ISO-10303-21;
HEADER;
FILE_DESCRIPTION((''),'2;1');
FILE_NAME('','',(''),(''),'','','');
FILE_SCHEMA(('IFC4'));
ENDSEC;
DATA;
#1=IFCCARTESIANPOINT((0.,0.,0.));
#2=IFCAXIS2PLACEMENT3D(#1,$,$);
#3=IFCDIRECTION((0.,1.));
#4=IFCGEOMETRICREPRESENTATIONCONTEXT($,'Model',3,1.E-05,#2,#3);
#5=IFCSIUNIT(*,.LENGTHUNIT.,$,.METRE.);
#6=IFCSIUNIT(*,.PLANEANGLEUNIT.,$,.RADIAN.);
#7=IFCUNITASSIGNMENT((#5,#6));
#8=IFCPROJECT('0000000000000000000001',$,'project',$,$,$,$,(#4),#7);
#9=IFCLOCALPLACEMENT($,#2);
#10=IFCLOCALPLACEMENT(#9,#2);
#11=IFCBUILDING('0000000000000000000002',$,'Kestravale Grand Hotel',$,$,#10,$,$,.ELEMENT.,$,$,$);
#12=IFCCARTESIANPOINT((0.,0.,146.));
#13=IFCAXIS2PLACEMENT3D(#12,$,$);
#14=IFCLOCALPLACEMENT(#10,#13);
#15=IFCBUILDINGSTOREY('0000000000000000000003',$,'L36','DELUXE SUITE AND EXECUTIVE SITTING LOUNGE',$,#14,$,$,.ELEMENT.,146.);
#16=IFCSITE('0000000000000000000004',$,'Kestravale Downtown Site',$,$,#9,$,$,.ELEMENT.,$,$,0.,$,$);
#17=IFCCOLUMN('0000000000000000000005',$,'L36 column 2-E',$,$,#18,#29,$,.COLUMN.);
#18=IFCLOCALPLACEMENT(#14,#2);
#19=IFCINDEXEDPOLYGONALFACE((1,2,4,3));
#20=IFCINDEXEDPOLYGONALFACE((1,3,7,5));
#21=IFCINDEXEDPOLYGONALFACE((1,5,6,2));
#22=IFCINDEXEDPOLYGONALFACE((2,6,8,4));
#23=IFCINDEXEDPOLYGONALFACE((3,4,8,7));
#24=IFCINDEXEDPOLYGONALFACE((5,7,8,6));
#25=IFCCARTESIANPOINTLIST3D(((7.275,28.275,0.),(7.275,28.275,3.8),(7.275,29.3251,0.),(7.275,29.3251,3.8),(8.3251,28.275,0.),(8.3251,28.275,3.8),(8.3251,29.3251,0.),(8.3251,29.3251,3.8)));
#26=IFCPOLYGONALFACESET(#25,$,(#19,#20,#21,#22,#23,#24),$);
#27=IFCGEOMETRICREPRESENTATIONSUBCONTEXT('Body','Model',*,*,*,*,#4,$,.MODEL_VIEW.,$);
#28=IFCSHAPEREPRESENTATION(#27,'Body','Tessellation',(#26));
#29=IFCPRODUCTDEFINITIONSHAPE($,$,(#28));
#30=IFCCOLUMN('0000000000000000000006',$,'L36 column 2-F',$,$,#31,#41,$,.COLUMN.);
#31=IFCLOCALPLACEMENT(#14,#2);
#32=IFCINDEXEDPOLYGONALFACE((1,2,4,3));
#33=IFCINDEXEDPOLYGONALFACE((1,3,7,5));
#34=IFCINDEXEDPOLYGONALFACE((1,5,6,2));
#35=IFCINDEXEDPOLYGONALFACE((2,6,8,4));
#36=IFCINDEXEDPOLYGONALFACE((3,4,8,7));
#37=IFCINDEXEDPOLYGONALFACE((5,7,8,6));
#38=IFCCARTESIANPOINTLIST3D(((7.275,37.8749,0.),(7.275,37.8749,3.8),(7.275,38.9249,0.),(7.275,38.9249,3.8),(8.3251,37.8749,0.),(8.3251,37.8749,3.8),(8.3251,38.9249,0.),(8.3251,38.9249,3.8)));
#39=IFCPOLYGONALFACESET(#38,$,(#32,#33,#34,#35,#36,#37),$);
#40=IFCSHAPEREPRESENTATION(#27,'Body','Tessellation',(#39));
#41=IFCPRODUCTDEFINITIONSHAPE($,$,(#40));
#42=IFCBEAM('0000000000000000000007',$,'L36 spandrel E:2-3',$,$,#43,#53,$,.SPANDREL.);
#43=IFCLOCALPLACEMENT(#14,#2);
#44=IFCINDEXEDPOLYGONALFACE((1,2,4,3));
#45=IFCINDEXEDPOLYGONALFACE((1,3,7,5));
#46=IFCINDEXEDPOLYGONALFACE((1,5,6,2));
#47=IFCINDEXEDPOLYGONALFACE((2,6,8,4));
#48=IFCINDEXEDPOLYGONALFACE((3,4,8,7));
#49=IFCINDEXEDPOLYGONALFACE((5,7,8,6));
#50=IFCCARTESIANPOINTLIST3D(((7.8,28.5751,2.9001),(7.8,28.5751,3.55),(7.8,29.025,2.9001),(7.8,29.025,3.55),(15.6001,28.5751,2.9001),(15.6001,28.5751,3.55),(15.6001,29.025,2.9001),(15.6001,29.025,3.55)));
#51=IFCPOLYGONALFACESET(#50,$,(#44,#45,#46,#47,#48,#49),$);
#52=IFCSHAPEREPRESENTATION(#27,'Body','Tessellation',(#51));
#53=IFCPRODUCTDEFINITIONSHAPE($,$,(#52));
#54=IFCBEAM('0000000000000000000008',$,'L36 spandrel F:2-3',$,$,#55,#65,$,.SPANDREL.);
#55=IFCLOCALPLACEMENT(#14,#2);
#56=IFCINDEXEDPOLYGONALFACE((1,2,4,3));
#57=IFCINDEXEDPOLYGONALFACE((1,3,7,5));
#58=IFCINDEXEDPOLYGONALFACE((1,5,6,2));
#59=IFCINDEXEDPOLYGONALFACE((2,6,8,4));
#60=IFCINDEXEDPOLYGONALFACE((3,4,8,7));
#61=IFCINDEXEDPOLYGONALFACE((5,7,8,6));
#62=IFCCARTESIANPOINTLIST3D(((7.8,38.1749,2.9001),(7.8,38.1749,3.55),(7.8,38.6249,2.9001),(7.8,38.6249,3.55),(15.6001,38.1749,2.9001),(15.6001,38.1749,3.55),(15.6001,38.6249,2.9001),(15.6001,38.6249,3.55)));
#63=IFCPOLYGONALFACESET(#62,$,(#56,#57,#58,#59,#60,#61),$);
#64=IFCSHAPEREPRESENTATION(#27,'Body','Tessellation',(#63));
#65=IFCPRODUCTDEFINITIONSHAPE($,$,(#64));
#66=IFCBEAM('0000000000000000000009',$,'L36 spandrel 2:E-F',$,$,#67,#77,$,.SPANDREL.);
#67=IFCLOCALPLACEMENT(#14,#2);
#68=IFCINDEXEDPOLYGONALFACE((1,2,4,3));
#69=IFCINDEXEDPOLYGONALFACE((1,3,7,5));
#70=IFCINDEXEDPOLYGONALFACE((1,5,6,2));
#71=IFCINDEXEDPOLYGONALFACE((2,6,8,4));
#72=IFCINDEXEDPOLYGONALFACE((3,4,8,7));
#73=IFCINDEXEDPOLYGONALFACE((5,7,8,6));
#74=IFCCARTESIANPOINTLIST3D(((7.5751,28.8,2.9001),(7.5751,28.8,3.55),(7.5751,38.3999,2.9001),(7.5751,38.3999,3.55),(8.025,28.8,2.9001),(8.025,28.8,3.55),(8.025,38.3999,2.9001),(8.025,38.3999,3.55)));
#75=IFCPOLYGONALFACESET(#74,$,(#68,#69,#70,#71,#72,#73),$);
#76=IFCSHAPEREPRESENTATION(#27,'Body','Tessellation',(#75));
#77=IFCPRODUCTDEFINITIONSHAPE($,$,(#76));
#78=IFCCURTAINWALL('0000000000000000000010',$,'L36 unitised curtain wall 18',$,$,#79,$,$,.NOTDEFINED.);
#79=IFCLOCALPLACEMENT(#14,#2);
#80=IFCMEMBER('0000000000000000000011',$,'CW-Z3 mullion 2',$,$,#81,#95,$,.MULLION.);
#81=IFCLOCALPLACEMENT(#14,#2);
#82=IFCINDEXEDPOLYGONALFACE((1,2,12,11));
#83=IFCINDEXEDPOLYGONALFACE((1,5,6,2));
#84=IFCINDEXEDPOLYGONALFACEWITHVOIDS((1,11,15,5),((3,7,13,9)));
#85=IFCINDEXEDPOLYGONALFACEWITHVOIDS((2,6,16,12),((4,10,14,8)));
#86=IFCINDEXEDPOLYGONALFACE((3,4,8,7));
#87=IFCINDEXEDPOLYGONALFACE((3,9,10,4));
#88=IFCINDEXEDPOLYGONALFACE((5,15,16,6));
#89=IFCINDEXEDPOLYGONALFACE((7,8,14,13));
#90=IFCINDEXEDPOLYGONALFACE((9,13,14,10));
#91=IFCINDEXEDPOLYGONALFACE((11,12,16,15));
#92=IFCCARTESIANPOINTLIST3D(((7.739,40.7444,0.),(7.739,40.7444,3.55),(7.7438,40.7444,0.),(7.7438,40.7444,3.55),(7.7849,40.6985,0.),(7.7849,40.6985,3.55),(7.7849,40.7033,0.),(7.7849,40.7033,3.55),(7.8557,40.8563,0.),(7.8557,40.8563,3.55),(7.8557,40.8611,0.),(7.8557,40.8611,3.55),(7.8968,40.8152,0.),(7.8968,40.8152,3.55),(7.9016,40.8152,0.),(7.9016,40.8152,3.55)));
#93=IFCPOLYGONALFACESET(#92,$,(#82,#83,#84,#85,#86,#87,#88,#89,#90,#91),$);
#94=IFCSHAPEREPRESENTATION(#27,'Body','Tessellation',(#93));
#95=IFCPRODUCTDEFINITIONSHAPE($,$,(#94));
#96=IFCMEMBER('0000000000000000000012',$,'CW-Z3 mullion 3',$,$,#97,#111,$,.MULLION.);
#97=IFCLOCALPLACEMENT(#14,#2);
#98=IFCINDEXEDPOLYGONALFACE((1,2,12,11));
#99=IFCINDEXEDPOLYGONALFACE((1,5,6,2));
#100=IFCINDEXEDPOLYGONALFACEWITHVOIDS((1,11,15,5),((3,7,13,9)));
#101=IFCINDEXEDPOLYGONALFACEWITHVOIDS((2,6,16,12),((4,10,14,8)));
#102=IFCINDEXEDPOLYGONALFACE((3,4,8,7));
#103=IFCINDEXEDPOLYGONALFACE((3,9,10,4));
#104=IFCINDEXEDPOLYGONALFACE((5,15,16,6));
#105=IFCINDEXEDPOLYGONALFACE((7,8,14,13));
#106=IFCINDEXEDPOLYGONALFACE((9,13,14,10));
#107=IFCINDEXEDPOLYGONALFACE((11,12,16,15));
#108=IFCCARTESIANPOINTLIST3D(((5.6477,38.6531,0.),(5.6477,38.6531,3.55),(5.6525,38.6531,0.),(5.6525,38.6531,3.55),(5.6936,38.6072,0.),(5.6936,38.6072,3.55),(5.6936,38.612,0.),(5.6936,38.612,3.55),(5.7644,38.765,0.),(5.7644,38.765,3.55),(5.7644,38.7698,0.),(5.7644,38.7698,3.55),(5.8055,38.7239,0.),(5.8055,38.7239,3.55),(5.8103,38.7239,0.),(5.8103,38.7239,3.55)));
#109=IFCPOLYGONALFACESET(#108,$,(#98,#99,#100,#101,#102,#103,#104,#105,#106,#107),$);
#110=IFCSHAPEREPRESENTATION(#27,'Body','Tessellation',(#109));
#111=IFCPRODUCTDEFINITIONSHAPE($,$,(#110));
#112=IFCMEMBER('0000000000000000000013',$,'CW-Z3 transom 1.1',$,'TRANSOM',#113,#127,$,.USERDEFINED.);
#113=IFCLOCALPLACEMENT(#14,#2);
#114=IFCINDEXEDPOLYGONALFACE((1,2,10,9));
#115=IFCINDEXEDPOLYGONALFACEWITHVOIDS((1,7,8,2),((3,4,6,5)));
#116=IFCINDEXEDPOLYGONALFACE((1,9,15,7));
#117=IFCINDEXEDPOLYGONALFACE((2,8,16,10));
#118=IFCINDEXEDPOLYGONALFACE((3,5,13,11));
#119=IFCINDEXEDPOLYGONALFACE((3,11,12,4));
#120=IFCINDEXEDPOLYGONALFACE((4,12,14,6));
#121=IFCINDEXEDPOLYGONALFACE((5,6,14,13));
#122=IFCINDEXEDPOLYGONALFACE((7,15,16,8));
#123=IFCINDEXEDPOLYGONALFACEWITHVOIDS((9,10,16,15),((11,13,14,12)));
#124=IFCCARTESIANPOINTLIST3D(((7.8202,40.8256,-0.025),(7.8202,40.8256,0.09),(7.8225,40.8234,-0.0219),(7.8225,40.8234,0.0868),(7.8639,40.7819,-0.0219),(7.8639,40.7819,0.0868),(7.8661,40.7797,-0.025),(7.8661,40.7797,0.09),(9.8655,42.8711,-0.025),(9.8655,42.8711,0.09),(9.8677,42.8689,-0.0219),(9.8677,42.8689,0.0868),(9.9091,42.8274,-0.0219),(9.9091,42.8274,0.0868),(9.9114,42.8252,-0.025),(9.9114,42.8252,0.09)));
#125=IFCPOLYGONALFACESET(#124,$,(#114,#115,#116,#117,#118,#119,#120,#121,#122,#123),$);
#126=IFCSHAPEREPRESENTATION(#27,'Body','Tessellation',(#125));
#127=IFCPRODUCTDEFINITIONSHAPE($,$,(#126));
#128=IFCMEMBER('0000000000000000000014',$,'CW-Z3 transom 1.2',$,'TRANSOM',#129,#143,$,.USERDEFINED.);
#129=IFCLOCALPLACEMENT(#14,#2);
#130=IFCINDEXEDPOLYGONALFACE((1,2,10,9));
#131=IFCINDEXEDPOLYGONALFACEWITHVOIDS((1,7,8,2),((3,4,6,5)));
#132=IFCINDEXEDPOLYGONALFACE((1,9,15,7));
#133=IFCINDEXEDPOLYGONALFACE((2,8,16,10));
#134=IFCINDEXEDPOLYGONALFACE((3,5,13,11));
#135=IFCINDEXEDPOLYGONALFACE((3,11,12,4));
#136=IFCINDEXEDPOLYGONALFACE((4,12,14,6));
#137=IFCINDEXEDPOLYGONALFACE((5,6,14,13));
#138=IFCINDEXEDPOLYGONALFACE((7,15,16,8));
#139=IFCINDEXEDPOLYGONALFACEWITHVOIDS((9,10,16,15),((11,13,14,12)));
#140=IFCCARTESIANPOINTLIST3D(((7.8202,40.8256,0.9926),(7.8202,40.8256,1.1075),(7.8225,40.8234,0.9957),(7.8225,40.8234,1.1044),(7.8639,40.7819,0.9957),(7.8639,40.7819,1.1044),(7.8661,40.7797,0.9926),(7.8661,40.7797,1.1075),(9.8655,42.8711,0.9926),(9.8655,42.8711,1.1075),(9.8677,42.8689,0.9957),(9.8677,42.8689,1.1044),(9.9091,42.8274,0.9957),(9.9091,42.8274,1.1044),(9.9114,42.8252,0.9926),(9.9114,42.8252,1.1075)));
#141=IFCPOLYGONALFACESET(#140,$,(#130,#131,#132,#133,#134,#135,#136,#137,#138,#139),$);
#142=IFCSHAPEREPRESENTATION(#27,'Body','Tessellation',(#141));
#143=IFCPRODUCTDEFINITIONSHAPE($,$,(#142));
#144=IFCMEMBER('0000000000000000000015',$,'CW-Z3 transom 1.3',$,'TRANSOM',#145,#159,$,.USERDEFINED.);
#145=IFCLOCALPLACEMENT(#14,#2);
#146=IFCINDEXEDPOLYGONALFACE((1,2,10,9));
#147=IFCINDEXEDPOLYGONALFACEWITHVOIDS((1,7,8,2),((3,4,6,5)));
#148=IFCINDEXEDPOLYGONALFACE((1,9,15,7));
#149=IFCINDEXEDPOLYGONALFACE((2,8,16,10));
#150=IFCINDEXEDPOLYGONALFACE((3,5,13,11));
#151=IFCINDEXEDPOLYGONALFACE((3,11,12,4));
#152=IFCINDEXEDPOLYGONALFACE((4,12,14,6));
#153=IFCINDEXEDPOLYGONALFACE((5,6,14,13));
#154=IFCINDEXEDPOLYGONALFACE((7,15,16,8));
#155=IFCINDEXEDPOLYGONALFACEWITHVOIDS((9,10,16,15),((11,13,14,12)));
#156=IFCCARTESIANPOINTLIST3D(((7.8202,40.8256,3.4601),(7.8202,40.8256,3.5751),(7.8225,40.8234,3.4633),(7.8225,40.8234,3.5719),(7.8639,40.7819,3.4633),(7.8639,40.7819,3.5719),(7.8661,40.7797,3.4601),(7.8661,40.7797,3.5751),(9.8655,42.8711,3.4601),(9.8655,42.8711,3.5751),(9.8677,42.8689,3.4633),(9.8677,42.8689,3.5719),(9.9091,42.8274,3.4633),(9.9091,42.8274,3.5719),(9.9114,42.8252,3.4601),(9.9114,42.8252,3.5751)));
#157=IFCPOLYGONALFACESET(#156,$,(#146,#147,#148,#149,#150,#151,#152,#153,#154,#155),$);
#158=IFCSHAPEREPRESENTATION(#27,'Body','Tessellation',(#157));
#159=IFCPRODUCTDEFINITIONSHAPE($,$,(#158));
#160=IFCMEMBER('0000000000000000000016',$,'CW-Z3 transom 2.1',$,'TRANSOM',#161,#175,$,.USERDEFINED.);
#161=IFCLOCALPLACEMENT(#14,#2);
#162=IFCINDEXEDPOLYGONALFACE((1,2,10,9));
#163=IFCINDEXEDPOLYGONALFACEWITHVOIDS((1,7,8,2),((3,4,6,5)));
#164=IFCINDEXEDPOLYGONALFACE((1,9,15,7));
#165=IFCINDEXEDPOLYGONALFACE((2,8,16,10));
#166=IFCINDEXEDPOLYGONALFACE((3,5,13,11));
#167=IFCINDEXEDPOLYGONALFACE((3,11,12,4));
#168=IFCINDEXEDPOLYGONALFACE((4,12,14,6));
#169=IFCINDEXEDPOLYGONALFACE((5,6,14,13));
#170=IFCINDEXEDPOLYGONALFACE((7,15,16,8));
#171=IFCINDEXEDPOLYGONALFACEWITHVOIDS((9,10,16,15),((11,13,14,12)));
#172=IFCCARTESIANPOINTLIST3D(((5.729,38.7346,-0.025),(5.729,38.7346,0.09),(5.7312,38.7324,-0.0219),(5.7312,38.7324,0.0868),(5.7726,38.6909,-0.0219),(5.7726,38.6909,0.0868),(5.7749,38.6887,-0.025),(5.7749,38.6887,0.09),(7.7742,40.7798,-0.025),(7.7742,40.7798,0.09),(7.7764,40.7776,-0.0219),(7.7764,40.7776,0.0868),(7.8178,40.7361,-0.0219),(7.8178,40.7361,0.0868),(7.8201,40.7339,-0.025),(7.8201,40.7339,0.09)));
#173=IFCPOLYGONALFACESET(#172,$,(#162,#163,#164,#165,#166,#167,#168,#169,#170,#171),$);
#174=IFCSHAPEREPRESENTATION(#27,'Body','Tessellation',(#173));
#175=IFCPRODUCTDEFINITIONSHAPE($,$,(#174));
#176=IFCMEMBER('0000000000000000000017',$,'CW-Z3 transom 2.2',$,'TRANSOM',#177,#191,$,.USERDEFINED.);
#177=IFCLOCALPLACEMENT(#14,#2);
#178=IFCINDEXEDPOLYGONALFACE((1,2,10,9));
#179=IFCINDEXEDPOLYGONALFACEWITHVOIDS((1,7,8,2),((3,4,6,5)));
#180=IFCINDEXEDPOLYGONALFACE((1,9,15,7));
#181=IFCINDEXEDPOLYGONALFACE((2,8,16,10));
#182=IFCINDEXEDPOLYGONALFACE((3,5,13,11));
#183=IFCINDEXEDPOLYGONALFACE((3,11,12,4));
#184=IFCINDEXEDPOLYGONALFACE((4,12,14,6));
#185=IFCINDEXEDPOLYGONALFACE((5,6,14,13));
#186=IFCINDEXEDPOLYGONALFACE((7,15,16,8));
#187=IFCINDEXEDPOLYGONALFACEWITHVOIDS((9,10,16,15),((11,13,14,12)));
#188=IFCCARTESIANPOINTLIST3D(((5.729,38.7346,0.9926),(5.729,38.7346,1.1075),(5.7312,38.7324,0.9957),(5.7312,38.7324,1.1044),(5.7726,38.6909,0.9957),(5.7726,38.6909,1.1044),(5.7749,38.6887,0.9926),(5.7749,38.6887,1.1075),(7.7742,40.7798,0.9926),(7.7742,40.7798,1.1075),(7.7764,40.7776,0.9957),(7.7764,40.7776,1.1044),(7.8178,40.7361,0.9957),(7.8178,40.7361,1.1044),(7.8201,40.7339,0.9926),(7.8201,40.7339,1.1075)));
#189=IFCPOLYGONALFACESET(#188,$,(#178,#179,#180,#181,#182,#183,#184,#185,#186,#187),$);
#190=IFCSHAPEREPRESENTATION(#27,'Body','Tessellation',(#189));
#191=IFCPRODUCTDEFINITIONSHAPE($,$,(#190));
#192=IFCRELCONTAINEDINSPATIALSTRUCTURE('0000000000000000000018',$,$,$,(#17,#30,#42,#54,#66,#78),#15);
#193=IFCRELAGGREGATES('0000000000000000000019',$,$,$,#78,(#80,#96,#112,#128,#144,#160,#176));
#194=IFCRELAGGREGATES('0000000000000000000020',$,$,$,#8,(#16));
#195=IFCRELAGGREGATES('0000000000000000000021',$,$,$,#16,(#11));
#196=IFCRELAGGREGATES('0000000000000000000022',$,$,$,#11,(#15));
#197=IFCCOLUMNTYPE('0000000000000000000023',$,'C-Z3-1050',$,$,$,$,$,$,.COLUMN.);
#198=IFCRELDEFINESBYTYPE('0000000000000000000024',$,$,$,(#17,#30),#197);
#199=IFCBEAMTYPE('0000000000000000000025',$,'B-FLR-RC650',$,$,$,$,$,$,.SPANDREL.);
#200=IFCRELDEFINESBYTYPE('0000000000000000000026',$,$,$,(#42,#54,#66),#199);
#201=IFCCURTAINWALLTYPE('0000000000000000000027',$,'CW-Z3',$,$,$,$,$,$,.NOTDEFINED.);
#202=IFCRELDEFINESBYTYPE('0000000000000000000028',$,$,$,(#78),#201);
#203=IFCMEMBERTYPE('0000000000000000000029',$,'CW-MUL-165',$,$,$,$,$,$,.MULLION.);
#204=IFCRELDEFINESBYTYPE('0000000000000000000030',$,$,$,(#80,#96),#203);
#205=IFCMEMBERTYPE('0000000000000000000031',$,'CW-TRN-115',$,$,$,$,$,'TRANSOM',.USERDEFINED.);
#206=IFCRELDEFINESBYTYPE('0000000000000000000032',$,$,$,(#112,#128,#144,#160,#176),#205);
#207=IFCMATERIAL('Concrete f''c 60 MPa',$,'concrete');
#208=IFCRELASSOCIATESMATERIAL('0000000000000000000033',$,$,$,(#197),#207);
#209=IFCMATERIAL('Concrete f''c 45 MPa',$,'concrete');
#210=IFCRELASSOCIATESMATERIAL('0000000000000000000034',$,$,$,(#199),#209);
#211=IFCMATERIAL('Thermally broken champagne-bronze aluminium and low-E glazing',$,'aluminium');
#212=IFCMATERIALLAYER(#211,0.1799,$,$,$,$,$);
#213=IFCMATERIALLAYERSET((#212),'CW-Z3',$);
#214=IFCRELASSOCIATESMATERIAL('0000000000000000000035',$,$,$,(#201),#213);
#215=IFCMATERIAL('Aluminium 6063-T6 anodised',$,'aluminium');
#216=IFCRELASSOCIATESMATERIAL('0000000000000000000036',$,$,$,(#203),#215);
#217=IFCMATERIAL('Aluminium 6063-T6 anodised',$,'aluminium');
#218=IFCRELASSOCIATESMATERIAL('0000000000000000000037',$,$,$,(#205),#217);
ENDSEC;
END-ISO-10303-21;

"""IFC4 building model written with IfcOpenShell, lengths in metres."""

from ifc_helpers import new_model, si_unit, direction, frame, origin, origin_2d, place, context, subcontext, project, spatial, rectangle, hollow_rectangle, extrude, material, layer, layer_set, material_profile, profile_set, type_object, element, aggregate, save


model = new_model("IFC4")

# Units and contexts
model_context = context("Model", 3, precision=1e-05, world=origin(), true_north=direction((0.0, 1.0)))
body_context = subcontext(model_context, "Body", "Model", "MODEL_VIEW")
ifc_project = project(units=[si_unit("LENGTHUNIT", "METRE"), si_unit("PLANEANGLEUNIT", "RADIAN")], contexts=[model_context])

# Site, building, storey
site_placement = place(None, origin())
site = spatial("IfcSite", under=ifc_project, at=site_placement, Name="Kestravale Downtown Site", CompositionType="ELEMENT", RefElevation=0.0)
building_placement = place(site_placement, origin())
building = spatial("IfcBuilding", under=site, at=building_placement, Name="Kestravale Grand Hotel", CompositionType="ELEMENT")
storey_placement = place(building_placement, frame((0.0, 0.0, 146.0)))
storey = spatial("IfcBuildingStorey", under=building, at=storey_placement, Name="L36", Description="DELUXE SUITE AND EXECUTIVE SITTING LOUNGE", CompositionType="ELEMENT", Elevation=146.0)

# Columns
ifc_material_1 = material(Name="Concrete f'c 60 MPa", Category="concrete")
ifc_material_profile_1 = material_profile(ifc_material_1, rectangle(XDim=1.05, YDim=1.05, at=origin_2d()))
ifc_profile_set_1 = profile_set([ifc_material_profile_1], Name="Concrete f'c 60 MPa")
column_type = type_object("IfcColumnType", Name="C-Z3-1050", PredefinedType="COLUMN", material=ifc_profile_set_1)
for number, where, z_axis, x_axis, name in (
    (1, (7.8, 28.8, 0.0), (0.0, 0.0, 1.0), (1.0, 0.0, 0.0), "L36 column 2-E"),
    (2, (7.8, 38.3999, 0.0), (0.0, 0.0, 1.0), (1.0, 0.0, 0.0), "L36 column 2-F"),
):
    element("IfcColumn", number, at=place(storey_placement, frame(where, z_axis=z_axis, x_axis=x_axis)), inside=storey, type_object=column_type, Name=name, PredefinedType="COLUMN", context=body_context, shape_type="SweptSolid", body=[
        extrude(rectangle(XDim=1.05, YDim=1.05, at=origin_2d()), origin(), (0.0, 0.0, 1.0), 3.8),
    ])

# Beams
ifc_material_2 = material(Name="Concrete f'c 45 MPa", Category="concrete")
ifc_material_profile_2 = material_profile(ifc_material_2, rectangle(XDim=0.45, YDim=0.6499, at=origin_2d()))
ifc_profile_set_2 = profile_set([ifc_material_profile_2], Name="Concrete f'c 45 MPa")
beam_type = type_object("IfcBeamType", Name="B-FLR-RC650", PredefinedType="SPANDREL", material=ifc_profile_set_2)
for number, where, z_axis, x_axis, name in (
    (3, (7.8, 28.8, 3.2251), (1.0, 0.0, 0.0), (0.0, 1.0, 0.0), "L36 spandrel E:2-3"),
    (4, (7.8, 38.3999, 3.2251), (1.0, 0.0, 0.0), (0.0, 1.0, 0.0), "L36 spandrel F:2-3"),
):
    element("IfcBeam", number, at=place(storey_placement, frame(where, z_axis=z_axis, x_axis=x_axis)), inside=storey, type_object=beam_type, Name=name, PredefinedType="SPANDREL", context=body_context, shape_type="SweptSolid", body=[
        extrude(rectangle(XDim=0.45, YDim=0.6499, at=origin_2d()), origin(), (0.0, 0.0, 1.0), 7.8),
    ])
beam_placement = place(storey_placement, frame((7.8, 28.8, 3.2251), z_axis=(0.0, 1.0, 0.0), x_axis=(-1.0, 0.0, 0.0)))
element("IfcBeam", 5, at=beam_placement, inside=storey, type_object=beam_type, Name="L36 spandrel 2:E-F", PredefinedType="SPANDREL", context=body_context, shape_type="SweptSolid", body=[
    extrude(rectangle(XDim=0.45, YDim=0.6499, at=origin_2d()), origin(), (0.0, 0.0, 1.0), 9.5999),
])

# Curtain wall, members
ifc_material_3 = material(Name="Thermally broken champagne-bronze aluminium and low-E glazing", Category="aluminium")
ifc_layer_1 = layer(ifc_material_3, 0.1799)
ifc_layer_set_1 = layer_set([ifc_layer_1], Name="CW-Z3")
curtain_wall_type = type_object("IfcCurtainWallType", Name="CW-Z3", PredefinedType="NOTDEFINED", material=ifc_layer_set_1)
curtain_wall_placement = place(storey_placement, origin())
curtain_wall = element("IfcCurtainWall", 6, at=curtain_wall_placement, inside=storey, type_object=curtain_wall_type, Name="L36 unitised curtain wall 18", PredefinedType="NOTDEFINED")
ifc_material_4 = material(Name="Aluminium 6063-T6 anodised", Category="aluminium")
ifc_material_profile_3 = material_profile(ifc_material_4, hollow_rectangle(XDim=0.0649, YDim=0.165, WallThickness=0.0034, at=origin_2d()))
ifc_profile_set_3 = profile_set([ifc_material_profile_3], Name="Aluminium 6063-T6 anodised")
member_type_1 = type_object("IfcMemberType", Name="CW-MUL-165", PredefinedType="MULLION", material=ifc_profile_set_3)
member_1_placement = place(storey_placement, frame((7.8203, 40.7798, 0.0), z_axis=(0.0, 0.0, 1.0), x_axis=(0.707107, -0.707107, 0.0)))
member_1 = element("IfcMember", 7, at=member_1_placement, type_object=member_type_1, Name="CW-Z3 mullion 2", PredefinedType="MULLION", context=body_context, shape_type="SweptSolid", body=[
    extrude(hollow_rectangle(XDim=0.0649, YDim=0.165, WallThickness=0.0034, at=origin_2d()), origin(), (0.0, 0.0, 1.0), 3.55),
])
member_2_placement = place(storey_placement, frame((5.729, 38.6885, 0.0), z_axis=(0.0, 0.0, 1.0), x_axis=(0.707107, -0.707107, 0.0)))
member_2 = element("IfcMember", 8, at=member_2_placement, type_object=member_type_1, Name="CW-Z3 mullion 3", PredefinedType="MULLION", context=body_context, shape_type="SweptSolid", body=[
    extrude(hollow_rectangle(XDim=0.0649, YDim=0.165, WallThickness=0.0034, at=origin_2d()), origin(), (0.0, 0.0, 1.0), 3.55),
])
ifc_material_5 = material(Name="Aluminium 6063-T6 anodised", Category="aluminium")
ifc_material_profile_4 = material_profile(ifc_material_5, hollow_rectangle(XDim=0.0649, YDim=0.115, WallThickness=0.0032, at=origin_2d()))
ifc_profile_set_4 = profile_set([ifc_material_profile_4], Name="Aluminium 6063-T6 anodised")
member_type_2 = type_object("IfcMemberType", Name="CW-TRN-115", ElementType="TRANSOM", PredefinedType="USERDEFINED", material=ifc_profile_set_4)
member_3_placement = place(storey_placement, frame((9.8884, 42.8481, 0.0325), z_axis=(-0.707065, -0.707149, 0.0), x_axis=(0.707149, -0.707065, 0.0)))
member_3 = element("IfcMember", 9, at=member_3_placement, type_object=member_type_2, Name="CW-Z3 transom 1.1", ObjectType="TRANSOM", PredefinedType="USERDEFINED", context=body_context, shape_type="SweptSolid", body=[
    extrude(hollow_rectangle(XDim=0.0649, YDim=0.115, WallThickness=0.0032, at=origin_2d()), origin(), (0.0, 0.0, 1.0), 2.8926),
])
member_4_placement = place(storey_placement, frame((9.8884, 42.8481, 1.05), z_axis=(-0.707065, -0.707149, 0.0), x_axis=(0.707149, -0.707065, 0.0)))
member_4 = element("IfcMember", 10, at=member_4_placement, type_object=member_type_2, Name="CW-Z3 transom 1.2", ObjectType="TRANSOM", PredefinedType="USERDEFINED", context=body_context, shape_type="SweptSolid", body=[
    extrude(hollow_rectangle(XDim=0.0649, YDim=0.115, WallThickness=0.0032, at=origin_2d()), origin(), (0.0, 0.0, 1.0), 2.8926),
])
member_5_placement = place(storey_placement, frame((9.8884, 42.8481, 3.5176), z_axis=(-0.707065, -0.707149, 0.0), x_axis=(0.707149, -0.707065, 0.0)))
member_5 = element("IfcMember", 11, at=member_5_placement, type_object=member_type_2, Name="CW-Z3 transom 1.3", ObjectType="TRANSOM", PredefinedType="USERDEFINED", context=body_context, shape_type="SweptSolid", body=[
    extrude(hollow_rectangle(XDim=0.0649, YDim=0.115, WallThickness=0.0032, at=origin_2d()), origin(), (0.0, 0.0, 1.0), 2.8926),
])
member_6_placement = place(storey_placement, frame((7.7971, 40.7568, 0.0325), z_axis=(-0.707107, -0.707107, 0.0), x_axis=(0.707107, -0.707107, 0.0)))
member_6 = element("IfcMember", 12, at=member_6_placement, type_object=member_type_2, Name="CW-Z3 transom 2.1", ObjectType="TRANSOM", PredefinedType="USERDEFINED", context=body_context, shape_type="SweptSolid", body=[
    extrude(hollow_rectangle(XDim=0.0649, YDim=0.115, WallThickness=0.0032, at=origin_2d()), origin(), (0.0, 0.0, 1.0), 2.8923),
])
member_7_placement = place(storey_placement, frame((7.7971, 40.7568, 1.05), z_axis=(-0.707107, -0.707107, 0.0), x_axis=(0.707107, -0.707107, 0.0)))
member_7 = element("IfcMember", 13, at=member_7_placement, type_object=member_type_2, Name="CW-Z3 transom 2.2", ObjectType="TRANSOM", PredefinedType="USERDEFINED", context=body_context, shape_type="SweptSolid", body=[
    extrude(hollow_rectangle(XDim=0.0649, YDim=0.115, WallThickness=0.0032, at=origin_2d()), origin(), (0.0, 0.0, 1.0), 2.8923),
])
aggregate(curtain_wall, [member_1, member_2, member_3, member_4, member_5, member_6, member_7])

save(model, "model.ifc")
